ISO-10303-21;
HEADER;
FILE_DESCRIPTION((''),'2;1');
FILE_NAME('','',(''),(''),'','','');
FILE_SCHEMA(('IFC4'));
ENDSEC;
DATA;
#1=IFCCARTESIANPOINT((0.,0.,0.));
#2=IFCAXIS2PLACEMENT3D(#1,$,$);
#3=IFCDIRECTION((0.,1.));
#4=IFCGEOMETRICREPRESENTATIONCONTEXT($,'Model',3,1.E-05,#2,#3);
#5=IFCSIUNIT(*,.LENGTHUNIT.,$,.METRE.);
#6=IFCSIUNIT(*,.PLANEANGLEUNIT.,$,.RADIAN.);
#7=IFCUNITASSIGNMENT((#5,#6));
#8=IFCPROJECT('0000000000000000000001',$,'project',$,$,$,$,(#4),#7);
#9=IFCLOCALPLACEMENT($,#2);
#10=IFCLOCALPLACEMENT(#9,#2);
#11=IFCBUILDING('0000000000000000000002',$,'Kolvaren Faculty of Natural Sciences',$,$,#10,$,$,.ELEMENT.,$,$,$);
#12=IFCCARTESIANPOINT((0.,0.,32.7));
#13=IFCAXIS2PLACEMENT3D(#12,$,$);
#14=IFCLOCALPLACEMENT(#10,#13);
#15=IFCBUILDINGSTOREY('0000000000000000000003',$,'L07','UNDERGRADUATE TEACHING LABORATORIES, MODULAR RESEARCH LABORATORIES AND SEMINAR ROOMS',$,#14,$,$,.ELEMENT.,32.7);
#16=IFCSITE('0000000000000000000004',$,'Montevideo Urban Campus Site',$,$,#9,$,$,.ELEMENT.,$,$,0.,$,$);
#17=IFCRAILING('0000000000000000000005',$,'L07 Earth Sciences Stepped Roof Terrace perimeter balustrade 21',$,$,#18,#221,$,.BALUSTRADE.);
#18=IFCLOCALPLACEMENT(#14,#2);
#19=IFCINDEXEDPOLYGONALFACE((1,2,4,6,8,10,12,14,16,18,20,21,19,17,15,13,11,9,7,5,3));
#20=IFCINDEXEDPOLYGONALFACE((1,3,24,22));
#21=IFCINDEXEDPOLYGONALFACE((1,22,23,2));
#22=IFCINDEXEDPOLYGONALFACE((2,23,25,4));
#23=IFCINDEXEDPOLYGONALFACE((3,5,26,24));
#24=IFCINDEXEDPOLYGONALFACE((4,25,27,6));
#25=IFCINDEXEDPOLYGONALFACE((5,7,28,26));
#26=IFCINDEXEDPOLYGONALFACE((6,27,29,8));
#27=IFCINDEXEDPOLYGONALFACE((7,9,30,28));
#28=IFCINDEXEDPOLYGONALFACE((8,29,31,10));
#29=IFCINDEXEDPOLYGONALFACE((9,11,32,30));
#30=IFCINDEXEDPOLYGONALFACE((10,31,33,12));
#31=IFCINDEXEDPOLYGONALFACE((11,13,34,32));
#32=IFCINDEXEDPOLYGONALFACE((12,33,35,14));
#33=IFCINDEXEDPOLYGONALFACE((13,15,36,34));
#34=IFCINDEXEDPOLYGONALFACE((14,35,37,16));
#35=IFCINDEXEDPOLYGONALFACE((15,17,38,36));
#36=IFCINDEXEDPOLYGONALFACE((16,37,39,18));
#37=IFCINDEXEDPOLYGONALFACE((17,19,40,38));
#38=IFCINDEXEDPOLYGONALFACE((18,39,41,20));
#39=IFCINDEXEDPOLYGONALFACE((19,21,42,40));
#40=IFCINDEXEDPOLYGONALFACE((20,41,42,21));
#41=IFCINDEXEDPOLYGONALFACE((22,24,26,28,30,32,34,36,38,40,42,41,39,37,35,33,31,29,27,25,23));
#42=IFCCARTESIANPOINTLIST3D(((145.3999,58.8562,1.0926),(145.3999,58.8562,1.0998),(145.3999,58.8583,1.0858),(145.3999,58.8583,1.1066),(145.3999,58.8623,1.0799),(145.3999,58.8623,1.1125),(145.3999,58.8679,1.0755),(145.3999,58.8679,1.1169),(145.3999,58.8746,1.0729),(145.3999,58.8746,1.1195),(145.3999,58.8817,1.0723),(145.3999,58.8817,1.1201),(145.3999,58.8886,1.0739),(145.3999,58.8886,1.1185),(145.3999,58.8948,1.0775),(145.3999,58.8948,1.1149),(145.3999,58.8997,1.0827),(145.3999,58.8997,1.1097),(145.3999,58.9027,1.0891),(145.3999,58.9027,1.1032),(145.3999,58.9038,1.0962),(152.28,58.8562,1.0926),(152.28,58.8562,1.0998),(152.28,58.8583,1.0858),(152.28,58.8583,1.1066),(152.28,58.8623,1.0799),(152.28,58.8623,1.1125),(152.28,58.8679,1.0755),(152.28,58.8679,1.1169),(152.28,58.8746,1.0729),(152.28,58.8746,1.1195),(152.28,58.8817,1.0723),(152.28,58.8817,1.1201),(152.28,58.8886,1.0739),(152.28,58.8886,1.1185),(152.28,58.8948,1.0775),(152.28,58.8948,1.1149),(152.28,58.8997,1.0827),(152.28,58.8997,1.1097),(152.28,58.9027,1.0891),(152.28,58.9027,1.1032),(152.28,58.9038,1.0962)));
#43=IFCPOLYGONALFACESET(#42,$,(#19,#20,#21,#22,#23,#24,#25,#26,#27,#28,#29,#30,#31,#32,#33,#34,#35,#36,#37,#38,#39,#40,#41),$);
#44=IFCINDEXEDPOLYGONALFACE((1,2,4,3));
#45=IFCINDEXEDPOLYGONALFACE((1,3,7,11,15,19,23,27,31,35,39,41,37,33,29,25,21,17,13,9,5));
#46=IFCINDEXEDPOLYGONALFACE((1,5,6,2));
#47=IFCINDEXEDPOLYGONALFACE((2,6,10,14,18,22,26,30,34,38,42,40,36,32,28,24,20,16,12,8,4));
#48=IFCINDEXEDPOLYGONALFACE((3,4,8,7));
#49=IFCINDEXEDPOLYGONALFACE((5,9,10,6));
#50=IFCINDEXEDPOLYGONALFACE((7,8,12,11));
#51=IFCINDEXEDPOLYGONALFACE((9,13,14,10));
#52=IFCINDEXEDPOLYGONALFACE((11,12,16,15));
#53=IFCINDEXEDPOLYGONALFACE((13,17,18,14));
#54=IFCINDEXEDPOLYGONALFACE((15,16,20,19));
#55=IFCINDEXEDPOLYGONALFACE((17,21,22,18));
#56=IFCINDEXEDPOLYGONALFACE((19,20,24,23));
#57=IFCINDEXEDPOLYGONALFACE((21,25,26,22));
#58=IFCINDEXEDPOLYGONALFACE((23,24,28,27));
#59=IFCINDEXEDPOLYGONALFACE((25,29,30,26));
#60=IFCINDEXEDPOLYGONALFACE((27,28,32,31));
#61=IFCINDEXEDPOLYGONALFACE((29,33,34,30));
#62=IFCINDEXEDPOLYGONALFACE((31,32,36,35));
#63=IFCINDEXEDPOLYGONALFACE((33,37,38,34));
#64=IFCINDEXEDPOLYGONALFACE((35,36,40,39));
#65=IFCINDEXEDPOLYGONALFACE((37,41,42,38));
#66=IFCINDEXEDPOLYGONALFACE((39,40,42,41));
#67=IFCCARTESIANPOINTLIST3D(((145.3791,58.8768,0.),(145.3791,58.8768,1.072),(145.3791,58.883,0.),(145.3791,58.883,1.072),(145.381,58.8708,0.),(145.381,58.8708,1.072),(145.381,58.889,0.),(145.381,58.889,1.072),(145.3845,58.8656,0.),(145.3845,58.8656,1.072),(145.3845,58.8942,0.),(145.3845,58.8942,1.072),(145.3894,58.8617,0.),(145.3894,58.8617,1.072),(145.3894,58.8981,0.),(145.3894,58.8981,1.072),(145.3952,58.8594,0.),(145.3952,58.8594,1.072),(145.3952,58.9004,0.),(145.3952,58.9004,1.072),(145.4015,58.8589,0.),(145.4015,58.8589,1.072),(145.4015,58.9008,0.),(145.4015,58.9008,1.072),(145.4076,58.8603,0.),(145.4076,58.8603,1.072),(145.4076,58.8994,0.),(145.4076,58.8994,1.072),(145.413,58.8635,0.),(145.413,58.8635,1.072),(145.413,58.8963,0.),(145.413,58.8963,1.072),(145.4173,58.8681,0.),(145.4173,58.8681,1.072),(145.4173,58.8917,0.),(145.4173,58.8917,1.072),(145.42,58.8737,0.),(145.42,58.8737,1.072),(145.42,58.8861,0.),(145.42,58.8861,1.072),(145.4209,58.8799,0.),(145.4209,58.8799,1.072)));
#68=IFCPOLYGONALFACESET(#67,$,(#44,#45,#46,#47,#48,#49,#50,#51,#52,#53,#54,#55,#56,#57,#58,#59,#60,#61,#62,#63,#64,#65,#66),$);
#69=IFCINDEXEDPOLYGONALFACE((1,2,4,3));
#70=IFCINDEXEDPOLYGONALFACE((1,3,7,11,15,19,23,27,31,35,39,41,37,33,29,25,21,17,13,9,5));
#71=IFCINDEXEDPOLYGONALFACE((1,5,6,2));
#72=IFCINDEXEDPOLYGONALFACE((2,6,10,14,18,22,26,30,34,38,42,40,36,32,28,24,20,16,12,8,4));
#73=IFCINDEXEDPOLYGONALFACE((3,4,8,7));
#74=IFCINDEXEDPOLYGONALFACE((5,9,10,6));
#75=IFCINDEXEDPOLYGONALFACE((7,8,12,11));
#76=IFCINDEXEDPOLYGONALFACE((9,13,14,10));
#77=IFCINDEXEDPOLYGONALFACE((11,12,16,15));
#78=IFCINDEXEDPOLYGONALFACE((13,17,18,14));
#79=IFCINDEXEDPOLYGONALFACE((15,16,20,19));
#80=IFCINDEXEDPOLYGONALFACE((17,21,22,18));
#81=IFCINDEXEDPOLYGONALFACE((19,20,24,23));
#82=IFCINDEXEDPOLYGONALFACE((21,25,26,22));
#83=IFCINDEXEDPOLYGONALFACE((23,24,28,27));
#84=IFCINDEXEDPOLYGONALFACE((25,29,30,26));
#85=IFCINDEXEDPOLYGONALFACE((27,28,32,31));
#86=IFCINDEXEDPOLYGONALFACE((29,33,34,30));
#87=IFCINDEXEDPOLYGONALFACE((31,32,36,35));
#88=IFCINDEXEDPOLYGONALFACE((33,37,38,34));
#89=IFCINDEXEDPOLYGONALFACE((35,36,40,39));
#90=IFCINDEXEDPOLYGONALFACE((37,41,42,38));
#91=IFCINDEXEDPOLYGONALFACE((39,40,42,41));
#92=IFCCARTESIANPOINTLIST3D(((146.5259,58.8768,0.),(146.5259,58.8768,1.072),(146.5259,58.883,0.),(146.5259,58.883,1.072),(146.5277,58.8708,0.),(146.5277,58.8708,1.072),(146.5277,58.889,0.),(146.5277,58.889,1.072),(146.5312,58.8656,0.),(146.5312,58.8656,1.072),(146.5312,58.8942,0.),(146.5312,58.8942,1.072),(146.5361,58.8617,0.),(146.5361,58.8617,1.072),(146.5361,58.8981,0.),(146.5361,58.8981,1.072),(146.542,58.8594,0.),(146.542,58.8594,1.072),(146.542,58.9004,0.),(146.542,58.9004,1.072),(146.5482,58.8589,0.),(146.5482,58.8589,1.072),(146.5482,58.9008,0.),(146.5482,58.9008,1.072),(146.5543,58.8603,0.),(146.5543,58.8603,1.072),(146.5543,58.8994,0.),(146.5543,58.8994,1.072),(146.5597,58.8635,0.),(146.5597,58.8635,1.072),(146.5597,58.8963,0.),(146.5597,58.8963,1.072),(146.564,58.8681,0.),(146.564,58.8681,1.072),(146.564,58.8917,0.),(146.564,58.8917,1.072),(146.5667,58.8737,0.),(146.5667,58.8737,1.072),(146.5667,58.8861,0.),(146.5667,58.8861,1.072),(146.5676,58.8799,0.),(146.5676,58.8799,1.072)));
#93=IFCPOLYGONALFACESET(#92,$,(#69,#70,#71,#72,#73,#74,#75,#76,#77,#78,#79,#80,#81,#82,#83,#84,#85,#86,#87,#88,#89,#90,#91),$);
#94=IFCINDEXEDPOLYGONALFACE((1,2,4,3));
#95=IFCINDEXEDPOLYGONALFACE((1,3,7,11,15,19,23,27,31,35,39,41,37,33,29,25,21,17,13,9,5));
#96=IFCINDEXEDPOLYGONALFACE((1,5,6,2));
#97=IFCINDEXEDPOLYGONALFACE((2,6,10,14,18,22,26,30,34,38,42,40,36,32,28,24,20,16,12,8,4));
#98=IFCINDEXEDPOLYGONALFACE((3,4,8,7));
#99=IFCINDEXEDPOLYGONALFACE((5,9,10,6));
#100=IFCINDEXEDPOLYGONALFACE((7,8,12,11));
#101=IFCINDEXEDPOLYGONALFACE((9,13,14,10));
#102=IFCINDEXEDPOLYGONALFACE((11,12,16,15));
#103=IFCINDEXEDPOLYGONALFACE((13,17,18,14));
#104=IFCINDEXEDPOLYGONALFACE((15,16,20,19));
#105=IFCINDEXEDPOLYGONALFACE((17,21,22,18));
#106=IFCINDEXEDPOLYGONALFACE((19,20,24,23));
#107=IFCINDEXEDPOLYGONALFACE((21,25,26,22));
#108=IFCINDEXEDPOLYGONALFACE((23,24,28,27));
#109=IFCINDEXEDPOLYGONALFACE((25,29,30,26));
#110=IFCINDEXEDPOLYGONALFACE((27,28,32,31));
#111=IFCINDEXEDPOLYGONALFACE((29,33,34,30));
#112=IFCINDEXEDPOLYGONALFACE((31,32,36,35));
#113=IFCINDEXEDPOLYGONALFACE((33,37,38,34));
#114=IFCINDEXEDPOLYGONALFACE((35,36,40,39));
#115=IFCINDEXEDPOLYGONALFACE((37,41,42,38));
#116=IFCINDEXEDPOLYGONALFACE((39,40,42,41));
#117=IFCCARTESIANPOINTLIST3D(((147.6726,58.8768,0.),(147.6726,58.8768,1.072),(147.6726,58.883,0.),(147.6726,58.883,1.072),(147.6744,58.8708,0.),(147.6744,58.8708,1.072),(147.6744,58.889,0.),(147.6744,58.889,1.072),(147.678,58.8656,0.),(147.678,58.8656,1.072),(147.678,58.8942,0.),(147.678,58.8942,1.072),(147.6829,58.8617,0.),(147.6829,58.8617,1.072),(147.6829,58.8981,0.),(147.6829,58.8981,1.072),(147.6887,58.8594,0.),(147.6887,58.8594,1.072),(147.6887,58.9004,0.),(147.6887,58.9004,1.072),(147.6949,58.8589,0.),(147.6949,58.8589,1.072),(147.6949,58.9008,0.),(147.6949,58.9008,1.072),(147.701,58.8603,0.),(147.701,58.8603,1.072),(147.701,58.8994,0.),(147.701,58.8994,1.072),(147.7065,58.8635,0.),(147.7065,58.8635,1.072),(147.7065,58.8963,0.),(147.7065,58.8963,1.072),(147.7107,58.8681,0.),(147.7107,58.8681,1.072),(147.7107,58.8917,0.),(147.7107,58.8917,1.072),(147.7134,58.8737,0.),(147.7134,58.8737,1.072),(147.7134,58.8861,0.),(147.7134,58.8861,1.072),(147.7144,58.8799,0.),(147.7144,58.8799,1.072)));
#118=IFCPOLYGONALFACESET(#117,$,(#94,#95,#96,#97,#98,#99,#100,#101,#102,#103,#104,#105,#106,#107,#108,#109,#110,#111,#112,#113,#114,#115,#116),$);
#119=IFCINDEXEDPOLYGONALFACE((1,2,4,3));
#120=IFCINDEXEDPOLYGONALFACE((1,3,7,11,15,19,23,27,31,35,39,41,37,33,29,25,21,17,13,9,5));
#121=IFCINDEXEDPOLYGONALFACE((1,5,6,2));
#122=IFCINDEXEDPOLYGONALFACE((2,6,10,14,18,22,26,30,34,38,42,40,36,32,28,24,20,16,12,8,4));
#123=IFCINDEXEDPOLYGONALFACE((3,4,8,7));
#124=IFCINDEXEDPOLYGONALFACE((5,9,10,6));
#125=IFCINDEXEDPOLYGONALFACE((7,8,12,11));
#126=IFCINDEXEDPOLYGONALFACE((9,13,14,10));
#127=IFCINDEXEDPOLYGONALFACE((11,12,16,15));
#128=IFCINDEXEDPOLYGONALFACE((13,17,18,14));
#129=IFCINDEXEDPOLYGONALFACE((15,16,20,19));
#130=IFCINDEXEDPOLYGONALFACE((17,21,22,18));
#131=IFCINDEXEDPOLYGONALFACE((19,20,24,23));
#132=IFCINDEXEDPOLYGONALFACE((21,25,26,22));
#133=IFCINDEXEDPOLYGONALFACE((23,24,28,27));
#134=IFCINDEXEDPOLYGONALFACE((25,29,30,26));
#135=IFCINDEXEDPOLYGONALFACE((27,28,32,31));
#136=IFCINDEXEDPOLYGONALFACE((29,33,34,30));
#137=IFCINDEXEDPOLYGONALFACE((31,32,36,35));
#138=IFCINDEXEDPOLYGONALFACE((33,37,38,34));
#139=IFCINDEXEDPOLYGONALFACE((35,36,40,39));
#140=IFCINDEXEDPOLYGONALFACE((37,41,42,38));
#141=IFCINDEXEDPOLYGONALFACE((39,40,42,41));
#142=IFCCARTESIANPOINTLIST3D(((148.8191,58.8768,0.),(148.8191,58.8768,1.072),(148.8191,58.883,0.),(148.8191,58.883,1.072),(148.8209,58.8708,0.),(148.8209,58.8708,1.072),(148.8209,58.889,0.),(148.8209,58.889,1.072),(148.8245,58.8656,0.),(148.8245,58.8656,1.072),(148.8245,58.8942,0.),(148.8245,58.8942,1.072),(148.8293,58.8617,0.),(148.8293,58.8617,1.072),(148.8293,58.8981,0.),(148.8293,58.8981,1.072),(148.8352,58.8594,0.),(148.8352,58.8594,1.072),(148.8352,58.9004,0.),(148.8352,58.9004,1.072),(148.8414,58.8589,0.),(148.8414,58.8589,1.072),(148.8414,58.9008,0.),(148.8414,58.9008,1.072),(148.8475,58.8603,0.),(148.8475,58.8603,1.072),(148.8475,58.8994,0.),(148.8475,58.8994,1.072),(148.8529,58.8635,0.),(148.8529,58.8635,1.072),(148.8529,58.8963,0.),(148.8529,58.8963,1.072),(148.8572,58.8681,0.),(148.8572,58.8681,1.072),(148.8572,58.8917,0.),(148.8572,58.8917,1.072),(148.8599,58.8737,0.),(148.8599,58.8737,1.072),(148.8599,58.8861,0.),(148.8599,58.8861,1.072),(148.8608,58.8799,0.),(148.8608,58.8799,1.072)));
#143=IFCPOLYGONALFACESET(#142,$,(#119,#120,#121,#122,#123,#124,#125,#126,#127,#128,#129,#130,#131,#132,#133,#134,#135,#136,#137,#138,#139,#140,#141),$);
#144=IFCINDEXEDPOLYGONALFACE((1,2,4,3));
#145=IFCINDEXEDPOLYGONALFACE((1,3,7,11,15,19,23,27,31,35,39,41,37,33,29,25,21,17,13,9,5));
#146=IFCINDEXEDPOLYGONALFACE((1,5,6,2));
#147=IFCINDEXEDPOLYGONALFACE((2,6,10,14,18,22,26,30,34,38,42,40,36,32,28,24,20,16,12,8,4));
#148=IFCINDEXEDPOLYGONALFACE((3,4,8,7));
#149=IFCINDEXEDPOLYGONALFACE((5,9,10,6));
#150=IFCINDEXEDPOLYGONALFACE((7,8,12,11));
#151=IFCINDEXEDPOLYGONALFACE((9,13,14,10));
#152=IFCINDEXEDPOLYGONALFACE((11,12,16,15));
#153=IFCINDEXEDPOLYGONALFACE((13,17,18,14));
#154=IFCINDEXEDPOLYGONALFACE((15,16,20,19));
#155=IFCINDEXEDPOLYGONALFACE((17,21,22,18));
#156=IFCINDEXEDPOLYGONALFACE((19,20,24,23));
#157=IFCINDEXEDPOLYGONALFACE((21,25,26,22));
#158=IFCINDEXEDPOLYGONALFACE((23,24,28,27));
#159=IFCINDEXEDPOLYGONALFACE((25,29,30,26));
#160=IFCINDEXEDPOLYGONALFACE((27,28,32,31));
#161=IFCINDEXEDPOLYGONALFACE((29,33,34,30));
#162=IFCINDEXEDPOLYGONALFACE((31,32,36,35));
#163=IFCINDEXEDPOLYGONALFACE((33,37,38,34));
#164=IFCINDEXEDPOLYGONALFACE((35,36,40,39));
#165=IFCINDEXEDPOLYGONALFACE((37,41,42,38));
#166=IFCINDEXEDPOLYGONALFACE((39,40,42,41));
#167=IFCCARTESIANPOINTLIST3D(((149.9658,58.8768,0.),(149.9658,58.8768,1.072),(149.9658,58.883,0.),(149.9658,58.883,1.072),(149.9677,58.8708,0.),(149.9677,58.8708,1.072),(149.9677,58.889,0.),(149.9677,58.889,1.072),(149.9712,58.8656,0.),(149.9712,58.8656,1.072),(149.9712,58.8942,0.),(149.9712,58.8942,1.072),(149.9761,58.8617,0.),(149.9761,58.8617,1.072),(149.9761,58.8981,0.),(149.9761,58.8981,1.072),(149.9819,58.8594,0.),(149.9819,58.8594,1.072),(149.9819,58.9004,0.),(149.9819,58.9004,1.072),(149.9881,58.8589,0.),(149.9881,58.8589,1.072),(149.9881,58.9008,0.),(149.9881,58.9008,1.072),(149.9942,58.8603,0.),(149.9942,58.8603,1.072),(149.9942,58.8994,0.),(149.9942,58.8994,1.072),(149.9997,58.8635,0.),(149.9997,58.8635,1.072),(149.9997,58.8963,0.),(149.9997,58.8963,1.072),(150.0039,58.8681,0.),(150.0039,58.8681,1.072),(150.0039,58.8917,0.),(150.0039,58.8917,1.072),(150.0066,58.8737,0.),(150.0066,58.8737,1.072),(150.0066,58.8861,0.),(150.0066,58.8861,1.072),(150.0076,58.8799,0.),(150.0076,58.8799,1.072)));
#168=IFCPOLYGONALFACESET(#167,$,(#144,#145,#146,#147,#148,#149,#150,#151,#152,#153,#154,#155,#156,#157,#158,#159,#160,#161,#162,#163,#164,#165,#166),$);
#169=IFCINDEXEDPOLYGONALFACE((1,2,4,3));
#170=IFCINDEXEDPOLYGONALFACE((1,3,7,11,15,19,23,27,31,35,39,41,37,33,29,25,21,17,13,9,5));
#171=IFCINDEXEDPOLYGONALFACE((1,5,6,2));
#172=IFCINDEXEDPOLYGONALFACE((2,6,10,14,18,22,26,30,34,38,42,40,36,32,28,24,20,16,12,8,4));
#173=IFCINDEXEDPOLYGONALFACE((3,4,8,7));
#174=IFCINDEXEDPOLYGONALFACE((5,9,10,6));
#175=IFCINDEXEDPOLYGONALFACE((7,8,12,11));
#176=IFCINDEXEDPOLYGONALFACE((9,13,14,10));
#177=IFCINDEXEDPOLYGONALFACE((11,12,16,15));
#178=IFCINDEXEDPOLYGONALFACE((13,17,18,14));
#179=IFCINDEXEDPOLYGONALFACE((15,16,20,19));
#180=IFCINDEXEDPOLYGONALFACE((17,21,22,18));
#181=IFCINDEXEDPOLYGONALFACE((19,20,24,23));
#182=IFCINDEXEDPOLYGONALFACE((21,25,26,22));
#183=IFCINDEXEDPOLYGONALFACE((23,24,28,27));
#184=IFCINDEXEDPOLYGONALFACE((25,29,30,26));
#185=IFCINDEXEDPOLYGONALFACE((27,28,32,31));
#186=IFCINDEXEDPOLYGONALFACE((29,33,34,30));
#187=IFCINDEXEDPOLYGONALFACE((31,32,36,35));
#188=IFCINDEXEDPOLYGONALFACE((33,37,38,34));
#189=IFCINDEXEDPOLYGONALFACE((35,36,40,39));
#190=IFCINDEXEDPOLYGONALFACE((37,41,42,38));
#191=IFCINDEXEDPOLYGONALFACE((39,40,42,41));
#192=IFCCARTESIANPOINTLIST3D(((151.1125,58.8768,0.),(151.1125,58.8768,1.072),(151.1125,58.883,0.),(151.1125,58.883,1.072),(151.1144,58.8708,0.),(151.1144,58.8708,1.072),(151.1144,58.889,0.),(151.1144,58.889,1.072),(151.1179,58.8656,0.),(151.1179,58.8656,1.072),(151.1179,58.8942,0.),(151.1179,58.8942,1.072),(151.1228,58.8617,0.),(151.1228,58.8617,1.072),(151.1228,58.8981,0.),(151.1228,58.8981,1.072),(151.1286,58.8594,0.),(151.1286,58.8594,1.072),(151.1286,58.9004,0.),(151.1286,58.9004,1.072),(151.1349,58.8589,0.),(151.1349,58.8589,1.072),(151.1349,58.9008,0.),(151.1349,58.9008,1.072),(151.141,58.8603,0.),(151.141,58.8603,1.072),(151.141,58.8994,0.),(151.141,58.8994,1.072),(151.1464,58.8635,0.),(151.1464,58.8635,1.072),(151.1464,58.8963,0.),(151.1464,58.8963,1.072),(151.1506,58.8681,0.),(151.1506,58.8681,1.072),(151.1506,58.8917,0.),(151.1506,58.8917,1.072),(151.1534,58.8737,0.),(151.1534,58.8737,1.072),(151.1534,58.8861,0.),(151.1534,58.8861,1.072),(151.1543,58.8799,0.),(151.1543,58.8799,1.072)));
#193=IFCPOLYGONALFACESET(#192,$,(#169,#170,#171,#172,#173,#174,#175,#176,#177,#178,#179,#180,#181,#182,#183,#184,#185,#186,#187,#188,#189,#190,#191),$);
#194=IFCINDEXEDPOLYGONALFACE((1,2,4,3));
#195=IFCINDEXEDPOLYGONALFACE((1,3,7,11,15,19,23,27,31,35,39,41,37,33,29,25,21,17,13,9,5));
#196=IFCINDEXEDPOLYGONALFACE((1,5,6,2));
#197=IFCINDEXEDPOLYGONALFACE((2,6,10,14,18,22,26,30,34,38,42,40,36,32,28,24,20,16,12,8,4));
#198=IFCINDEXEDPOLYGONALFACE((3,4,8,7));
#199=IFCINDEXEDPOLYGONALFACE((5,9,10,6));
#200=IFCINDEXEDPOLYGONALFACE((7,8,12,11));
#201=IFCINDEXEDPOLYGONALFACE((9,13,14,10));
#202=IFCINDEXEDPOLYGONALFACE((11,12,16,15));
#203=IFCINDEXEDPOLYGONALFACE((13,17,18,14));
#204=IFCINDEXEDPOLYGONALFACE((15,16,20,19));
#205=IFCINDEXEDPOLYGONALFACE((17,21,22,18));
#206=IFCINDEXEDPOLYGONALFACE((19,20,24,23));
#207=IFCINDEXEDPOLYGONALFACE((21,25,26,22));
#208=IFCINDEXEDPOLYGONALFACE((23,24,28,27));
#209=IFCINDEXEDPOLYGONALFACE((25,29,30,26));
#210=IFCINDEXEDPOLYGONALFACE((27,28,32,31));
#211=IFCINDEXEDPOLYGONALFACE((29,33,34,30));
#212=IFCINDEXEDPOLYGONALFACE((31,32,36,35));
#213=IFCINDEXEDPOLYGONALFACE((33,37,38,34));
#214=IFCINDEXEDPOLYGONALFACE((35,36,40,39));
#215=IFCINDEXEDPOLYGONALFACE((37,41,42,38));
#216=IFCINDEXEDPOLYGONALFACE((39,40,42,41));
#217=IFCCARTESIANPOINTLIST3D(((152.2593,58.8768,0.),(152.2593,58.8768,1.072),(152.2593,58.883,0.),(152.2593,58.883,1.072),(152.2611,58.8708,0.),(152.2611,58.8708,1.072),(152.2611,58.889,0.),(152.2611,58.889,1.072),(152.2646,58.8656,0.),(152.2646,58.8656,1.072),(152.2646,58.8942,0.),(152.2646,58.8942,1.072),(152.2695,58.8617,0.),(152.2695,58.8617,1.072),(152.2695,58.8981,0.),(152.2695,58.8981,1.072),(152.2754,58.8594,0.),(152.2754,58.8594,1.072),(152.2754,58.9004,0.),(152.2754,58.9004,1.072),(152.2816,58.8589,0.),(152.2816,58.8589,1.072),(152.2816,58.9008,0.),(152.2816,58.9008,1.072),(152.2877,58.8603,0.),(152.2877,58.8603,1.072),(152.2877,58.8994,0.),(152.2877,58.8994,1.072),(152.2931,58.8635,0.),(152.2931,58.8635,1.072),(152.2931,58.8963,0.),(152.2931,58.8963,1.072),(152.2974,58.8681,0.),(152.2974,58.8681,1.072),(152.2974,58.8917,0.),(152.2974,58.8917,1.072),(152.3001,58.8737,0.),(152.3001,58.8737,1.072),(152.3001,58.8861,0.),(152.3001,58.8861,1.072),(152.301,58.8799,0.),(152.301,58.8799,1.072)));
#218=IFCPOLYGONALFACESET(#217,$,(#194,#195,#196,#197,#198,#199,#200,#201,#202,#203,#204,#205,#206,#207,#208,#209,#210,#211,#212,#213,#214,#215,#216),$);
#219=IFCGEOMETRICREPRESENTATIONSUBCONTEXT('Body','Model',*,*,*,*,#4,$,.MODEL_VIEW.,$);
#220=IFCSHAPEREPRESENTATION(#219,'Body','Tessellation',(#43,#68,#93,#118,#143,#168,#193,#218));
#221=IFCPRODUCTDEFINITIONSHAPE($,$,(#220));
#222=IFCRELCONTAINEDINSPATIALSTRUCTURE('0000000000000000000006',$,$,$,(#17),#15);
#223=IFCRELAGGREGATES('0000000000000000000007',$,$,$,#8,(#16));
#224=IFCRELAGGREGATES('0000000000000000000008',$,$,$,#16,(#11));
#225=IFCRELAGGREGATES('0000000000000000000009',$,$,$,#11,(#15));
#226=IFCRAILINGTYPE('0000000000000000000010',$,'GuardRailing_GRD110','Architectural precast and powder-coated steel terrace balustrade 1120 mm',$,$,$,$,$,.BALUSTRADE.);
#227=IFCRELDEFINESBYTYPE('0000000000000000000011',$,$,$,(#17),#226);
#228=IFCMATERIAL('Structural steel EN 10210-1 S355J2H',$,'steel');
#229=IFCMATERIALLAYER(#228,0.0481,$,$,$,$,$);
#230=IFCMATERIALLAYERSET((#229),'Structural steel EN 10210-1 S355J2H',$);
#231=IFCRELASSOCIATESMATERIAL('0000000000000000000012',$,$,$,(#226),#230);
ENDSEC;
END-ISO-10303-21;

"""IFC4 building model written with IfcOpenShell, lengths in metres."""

from ifc_helpers import new_model, si_unit, direction, frame, origin, origin_2d, place, context, subcontext, project, spatial, circle, extrude, material, layer, layer_set, type_object, element, save


model = new_model("IFC4")

# Units and contexts
model_context = context("Model", 3, precision=1e-05, world=origin(), true_north=direction((0.0, 1.0)))
body_context = subcontext(model_context, "Body", "Model", "MODEL_VIEW")
ifc_project = project(units=[si_unit("LENGTHUNIT", "METRE"), si_unit("PLANEANGLEUNIT", "RADIAN")], contexts=[model_context])

# Site, building, storey
site_placement = place(None, origin())
site = spatial("IfcSite", under=ifc_project, at=site_placement, Name="Montevideo Urban Campus Site", CompositionType="ELEMENT", RefElevation=0.0)
building_placement = place(site_placement, origin())
building = spatial("IfcBuilding", under=site, at=building_placement, Name="Kolvaren Faculty of Natural Sciences", CompositionType="ELEMENT")
storey_placement = place(building_placement, frame((0.0, 0.0, 32.7)))
storey = spatial("IfcBuildingStorey", under=building, at=storey_placement, Name="L07", Description="UNDERGRADUATE TEACHING LABORATORIES, MODULAR RESEARCH LABORATORIES AND SEMINAR ROOMS", CompositionType="ELEMENT", Elevation=32.7)

# Railing
ifc_material_1 = material(Name="Structural steel EN 10210-1 S355J2H", Category="steel")
ifc_layer_1 = layer(ifc_material_1, 0.0481)
ifc_layer_set_1 = layer_set([ifc_layer_1], Name="Structural steel EN 10210-1 S355J2H")
railing_type = type_object("IfcRailingType", Name="GuardRailing_GRD110", Description="Architectural precast and powder-coated steel terrace balustrade 1120 mm", PredefinedType="BALUSTRADE", material=ifc_layer_set_1)
railing_placement = place(storey_placement, frame((145.3999, 58.8799, 0.0)))
element("IfcRailing", 1, at=railing_placement, inside=storey, type_object=railing_type, Name="L07 Earth Sciences Stepped Roof Terrace perimeter balustrade 21", PredefinedType="BALUSTRADE", context=body_context, shape_type="SweptSolid", body=[
    extrude(circle(Radius=0.0239, at=origin_2d()), frame((0.0, 0.0, 1.0962), z_axis=(1.0, 0.0, 0.0), x_axis=(0.0, 1.0, 0.0)), (0.0, 0.0, 1.0), 6.8801),
    extrude(circle(Radius=0.021, at=origin_2d()), origin(), (0.0, 0.0, 1.0), 1.072),
    extrude(circle(Radius=0.021, at=origin_2d()), frame((1.1467, 0.0, 0.0)), (0.0, 0.0, 1.0), 1.072),
    extrude(circle(Radius=0.021, at=origin_2d()), frame((2.2935, 0.0, 0.0)), (0.0, 0.0, 1.0), 1.072),
    extrude(circle(Radius=0.021, at=origin_2d()), frame((3.4399, 0.0, 0.0)), (0.0, 0.0, 1.0), 1.072),
    extrude(circle(Radius=0.021, at=origin_2d()), frame((4.5867, 0.0, 0.0)), (0.0, 0.0, 1.0), 1.072),
    extrude(circle(Radius=0.021, at=origin_2d()), frame((5.7334, 0.0, 0.0)), (0.0, 0.0, 1.0), 1.072),
    extrude(circle(Radius=0.021, at=origin_2d()), frame((6.8801, 0.0, 0.0)), (0.0, 0.0, 1.0), 1.072),
])

save(model, "model.ifc")
